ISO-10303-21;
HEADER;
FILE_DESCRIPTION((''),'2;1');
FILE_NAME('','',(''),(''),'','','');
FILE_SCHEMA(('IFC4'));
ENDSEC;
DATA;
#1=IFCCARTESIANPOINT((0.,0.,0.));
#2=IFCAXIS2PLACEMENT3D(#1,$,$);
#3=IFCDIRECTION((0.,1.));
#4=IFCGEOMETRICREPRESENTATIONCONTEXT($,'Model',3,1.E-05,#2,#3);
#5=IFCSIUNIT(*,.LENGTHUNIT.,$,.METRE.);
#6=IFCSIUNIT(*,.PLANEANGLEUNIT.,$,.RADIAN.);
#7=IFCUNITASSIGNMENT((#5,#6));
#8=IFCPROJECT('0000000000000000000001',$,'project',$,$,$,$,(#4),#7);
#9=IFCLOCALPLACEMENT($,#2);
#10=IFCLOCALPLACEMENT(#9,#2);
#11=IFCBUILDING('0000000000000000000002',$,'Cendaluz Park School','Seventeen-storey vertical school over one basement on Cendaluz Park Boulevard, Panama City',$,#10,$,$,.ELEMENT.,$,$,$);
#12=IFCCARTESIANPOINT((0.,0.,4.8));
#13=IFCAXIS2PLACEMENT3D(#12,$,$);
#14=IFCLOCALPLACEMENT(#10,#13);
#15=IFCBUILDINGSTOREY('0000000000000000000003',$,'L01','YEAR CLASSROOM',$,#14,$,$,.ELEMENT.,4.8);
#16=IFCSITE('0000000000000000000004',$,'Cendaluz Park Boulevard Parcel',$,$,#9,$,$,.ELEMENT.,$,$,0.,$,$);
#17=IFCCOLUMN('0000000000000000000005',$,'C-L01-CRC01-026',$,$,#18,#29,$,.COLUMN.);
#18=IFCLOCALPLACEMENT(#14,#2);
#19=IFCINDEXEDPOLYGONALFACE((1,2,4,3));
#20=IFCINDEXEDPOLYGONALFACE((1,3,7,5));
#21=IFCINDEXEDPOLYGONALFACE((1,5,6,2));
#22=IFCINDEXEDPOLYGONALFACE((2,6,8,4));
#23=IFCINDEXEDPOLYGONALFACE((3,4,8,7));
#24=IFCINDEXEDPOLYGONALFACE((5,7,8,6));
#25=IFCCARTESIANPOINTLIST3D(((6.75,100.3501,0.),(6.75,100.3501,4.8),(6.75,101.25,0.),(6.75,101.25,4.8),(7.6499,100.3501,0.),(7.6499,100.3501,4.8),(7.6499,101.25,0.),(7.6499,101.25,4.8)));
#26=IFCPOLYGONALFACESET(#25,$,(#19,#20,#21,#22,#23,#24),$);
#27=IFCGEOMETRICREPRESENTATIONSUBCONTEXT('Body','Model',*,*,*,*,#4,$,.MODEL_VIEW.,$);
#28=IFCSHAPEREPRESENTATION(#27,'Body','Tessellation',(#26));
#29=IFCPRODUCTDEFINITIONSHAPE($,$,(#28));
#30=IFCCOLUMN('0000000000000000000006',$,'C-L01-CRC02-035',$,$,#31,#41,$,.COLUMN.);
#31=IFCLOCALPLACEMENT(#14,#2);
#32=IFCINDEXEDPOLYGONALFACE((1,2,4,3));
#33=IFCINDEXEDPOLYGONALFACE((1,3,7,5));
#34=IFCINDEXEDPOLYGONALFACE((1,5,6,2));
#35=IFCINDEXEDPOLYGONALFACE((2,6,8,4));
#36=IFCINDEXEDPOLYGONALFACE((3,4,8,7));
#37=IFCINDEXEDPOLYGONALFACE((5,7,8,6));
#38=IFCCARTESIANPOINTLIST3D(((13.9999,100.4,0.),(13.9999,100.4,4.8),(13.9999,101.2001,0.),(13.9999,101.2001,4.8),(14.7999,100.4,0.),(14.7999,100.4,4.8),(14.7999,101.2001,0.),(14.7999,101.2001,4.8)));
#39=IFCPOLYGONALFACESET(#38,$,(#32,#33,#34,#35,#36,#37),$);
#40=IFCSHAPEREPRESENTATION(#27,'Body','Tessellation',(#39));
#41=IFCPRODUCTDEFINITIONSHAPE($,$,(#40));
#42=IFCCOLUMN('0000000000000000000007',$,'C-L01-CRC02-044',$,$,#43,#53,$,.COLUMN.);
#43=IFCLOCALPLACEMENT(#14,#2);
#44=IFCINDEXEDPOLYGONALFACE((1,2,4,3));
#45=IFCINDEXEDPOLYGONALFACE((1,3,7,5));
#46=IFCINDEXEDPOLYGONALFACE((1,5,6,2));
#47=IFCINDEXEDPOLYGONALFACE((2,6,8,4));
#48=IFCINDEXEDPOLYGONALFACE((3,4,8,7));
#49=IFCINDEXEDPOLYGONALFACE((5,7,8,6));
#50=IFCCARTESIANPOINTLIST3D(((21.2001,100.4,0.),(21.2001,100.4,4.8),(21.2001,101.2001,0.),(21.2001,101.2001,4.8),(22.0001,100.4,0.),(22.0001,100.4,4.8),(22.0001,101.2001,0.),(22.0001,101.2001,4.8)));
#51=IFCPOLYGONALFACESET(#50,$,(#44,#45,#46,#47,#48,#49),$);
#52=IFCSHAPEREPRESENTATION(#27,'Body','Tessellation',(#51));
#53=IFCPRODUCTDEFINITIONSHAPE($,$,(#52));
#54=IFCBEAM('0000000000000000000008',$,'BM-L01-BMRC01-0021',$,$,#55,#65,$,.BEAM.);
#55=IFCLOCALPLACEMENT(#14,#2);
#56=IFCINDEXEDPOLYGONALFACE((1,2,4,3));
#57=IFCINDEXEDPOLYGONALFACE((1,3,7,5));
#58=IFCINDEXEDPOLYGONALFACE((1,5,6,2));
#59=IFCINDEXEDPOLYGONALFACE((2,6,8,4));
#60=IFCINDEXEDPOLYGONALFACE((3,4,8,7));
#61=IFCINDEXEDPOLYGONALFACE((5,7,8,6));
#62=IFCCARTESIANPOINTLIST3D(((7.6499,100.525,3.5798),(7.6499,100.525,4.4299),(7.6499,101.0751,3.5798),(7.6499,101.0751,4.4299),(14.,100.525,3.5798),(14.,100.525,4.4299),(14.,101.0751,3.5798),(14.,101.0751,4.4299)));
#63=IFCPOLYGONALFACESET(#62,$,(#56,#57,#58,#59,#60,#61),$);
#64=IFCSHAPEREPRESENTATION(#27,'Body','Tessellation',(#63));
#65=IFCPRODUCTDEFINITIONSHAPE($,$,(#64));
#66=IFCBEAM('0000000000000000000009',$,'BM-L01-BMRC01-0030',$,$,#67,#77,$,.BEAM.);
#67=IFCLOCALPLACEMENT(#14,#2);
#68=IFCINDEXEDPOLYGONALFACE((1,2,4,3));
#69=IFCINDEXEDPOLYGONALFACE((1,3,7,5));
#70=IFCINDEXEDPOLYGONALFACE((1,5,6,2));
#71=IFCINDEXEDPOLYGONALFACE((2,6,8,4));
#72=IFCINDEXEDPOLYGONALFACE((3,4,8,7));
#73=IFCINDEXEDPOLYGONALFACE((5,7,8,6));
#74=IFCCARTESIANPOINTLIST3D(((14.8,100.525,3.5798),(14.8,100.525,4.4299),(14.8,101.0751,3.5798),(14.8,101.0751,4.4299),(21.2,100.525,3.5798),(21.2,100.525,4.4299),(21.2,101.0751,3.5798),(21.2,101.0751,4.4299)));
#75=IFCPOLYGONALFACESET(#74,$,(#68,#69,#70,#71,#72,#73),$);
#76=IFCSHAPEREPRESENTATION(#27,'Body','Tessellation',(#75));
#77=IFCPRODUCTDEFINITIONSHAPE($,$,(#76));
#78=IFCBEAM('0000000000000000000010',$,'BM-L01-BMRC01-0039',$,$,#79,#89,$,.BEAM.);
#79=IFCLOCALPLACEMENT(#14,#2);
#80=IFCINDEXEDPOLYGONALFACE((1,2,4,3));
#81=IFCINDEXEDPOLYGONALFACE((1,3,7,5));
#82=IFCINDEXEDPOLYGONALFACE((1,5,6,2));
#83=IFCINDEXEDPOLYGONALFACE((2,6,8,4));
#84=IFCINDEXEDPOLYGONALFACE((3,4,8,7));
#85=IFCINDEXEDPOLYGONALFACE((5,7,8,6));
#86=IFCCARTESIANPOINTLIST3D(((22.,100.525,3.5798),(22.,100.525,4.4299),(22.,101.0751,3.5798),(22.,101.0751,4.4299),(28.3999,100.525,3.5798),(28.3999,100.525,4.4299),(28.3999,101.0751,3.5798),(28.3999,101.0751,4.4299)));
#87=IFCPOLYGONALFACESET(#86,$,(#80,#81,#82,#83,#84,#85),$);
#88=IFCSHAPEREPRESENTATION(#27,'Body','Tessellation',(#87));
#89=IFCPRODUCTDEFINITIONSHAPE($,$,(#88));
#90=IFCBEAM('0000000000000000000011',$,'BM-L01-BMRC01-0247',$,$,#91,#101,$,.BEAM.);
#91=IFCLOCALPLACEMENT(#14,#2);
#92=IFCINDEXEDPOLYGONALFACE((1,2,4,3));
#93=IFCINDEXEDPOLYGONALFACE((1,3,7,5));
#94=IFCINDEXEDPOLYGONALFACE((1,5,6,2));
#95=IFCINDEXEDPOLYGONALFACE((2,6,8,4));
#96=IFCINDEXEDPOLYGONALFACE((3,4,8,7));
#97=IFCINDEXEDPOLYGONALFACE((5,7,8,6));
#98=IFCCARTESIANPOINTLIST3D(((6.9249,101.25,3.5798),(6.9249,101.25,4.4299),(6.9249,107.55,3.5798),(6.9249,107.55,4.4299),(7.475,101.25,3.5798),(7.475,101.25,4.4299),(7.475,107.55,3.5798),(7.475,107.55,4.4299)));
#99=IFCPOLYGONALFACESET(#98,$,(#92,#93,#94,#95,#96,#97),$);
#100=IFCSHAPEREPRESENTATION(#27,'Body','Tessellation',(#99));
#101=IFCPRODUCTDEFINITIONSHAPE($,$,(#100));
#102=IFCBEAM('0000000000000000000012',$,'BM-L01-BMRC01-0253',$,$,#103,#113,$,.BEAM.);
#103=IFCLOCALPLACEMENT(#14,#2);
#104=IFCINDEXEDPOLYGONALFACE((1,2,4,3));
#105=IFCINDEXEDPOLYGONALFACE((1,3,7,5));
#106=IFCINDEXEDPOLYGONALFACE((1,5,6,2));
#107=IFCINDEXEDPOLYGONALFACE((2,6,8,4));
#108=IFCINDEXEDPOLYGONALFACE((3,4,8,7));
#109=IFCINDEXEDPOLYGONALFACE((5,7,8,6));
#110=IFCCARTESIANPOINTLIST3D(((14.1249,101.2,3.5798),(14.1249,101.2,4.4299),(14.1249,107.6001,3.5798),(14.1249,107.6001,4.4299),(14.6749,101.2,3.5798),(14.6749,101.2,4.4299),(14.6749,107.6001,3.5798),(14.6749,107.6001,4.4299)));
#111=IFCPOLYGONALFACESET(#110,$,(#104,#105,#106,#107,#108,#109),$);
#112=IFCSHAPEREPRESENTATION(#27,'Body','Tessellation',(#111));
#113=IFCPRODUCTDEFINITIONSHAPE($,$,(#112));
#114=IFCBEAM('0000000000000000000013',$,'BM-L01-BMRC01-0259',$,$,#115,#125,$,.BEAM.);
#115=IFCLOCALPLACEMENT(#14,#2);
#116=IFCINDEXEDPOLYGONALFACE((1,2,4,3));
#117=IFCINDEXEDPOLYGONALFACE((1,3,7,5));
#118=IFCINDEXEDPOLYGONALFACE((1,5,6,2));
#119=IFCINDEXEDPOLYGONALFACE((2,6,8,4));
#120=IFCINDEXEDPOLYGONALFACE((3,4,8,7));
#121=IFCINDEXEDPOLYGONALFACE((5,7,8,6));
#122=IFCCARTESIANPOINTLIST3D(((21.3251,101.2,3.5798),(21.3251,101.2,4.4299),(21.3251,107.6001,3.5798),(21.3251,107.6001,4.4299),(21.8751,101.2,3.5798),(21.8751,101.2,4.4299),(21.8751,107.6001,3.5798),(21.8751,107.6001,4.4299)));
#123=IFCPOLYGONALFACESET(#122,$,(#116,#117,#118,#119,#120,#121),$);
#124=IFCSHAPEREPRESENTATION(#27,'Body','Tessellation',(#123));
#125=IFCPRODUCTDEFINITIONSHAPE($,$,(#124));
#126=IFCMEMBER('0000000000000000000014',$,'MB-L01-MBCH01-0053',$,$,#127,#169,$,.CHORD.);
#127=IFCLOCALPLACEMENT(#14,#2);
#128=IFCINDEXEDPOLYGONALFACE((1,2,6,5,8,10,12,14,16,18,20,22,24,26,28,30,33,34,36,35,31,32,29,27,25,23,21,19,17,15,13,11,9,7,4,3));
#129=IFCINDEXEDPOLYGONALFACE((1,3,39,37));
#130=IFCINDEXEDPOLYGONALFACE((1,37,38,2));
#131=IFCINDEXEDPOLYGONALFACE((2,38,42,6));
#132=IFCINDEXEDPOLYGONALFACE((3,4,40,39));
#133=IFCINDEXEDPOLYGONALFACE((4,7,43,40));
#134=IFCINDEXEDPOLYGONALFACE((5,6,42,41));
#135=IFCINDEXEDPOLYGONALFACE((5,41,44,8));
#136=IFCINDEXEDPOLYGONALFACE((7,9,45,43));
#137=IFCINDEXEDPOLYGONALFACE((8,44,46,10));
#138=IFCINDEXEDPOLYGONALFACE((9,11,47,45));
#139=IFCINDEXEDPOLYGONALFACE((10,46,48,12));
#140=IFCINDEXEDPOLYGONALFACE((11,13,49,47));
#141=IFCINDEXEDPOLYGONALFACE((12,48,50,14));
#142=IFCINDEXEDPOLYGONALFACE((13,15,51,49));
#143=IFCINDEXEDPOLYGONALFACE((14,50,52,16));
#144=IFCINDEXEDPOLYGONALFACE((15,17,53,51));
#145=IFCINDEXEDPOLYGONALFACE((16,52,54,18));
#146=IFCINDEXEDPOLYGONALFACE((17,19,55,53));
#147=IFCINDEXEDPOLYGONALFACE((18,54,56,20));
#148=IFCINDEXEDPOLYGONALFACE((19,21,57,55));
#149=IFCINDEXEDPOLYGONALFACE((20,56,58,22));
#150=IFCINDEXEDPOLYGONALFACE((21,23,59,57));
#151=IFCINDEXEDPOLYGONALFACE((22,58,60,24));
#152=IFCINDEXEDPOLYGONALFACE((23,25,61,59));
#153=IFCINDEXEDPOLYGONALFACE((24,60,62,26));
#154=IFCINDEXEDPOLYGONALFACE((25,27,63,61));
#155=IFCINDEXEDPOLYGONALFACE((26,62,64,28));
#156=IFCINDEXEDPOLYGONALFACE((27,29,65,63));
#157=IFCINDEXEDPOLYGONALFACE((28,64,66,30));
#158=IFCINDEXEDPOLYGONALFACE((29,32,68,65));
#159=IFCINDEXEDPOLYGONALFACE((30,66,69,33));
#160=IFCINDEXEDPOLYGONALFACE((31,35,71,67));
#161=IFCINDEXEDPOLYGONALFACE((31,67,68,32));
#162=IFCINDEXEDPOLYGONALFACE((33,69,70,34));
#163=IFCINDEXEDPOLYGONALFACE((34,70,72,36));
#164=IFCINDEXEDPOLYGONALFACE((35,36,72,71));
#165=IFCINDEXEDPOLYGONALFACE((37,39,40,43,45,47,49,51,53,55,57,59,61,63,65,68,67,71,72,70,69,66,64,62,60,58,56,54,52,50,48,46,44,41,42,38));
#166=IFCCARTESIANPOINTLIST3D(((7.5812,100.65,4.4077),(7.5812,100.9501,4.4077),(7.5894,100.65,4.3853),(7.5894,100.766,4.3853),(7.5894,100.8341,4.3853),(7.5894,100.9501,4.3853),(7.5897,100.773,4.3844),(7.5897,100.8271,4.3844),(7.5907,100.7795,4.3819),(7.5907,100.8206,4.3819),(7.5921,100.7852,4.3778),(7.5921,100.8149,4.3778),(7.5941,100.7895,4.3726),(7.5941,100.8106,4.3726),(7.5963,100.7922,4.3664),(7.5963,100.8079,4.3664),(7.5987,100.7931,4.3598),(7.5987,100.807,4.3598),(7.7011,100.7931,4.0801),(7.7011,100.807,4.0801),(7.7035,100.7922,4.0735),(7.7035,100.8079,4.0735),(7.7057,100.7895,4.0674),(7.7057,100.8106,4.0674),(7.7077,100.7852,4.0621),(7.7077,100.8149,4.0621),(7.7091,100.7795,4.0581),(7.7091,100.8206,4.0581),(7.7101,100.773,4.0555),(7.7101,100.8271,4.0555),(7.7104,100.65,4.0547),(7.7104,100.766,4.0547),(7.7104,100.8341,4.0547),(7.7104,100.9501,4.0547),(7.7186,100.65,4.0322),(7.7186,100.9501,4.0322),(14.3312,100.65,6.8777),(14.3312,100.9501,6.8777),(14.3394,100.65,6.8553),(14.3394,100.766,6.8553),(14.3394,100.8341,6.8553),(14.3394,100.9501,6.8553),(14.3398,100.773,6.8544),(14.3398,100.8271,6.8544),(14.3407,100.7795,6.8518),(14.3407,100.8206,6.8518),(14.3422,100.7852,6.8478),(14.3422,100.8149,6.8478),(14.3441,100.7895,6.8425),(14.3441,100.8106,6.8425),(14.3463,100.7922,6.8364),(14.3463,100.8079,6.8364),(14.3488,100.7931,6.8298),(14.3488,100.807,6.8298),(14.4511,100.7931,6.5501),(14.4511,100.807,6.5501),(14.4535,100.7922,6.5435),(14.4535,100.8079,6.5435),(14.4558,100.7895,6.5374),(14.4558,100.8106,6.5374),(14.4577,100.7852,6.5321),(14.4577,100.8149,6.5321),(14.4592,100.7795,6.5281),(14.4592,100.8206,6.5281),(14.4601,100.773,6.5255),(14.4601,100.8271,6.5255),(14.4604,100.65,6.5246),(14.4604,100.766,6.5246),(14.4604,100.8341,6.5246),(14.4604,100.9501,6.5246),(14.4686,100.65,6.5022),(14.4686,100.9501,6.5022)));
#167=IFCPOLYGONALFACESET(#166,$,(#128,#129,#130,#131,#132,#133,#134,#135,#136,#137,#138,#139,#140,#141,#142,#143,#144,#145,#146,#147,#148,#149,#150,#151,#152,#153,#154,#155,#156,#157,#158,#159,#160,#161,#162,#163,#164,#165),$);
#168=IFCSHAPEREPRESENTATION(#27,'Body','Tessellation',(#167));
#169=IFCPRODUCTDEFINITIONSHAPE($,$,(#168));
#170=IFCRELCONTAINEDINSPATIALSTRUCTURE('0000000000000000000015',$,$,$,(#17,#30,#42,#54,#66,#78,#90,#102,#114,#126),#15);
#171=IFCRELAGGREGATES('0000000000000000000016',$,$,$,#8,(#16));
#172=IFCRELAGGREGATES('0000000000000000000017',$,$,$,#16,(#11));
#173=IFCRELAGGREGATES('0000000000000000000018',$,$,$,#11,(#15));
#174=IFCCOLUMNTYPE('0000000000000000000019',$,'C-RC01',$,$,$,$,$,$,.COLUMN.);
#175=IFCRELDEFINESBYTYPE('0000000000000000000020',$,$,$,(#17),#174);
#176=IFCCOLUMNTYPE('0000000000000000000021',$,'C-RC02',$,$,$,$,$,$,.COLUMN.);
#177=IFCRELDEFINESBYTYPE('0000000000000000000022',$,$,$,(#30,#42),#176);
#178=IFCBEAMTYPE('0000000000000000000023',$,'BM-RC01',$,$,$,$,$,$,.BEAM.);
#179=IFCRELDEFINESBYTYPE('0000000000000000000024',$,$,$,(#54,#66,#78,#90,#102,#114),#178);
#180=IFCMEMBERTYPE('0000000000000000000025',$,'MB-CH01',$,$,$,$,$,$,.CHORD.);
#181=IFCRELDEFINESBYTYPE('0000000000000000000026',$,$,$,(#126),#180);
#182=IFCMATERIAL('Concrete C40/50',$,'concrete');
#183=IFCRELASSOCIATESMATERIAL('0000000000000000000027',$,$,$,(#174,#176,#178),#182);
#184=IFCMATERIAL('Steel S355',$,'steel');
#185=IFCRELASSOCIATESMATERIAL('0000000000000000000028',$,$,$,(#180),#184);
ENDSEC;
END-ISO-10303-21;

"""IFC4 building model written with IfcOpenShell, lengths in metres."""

from ifc_helpers import new_model, si_unit, direction, frame, origin, origin_2d, place, context, subcontext, project, spatial, rectangle, i_section, extrude, material, material_profile, profile_set, type_object, element, save


model = new_model("IFC4")

# Units and contexts
model_context = context("Model", 3, precision=1e-05, world=origin(), true_north=direction((0.0, 1.0)))
body_context = subcontext(model_context, "Body", "Model", "MODEL_VIEW")
ifc_project = project(units=[si_unit("LENGTHUNIT", "METRE"), si_unit("PLANEANGLEUNIT", "RADIAN")], contexts=[model_context])

# Site, building, storey
site_placement = place(None, origin())
site = spatial("IfcSite", under=ifc_project, at=site_placement, Name="Cendaluz Park Boulevard Parcel", CompositionType="ELEMENT", RefElevation=0.0)
building_placement = place(site_placement, origin())
building = spatial("IfcBuilding", under=site, at=building_placement, Name="Cendaluz Park School", Description="Seventeen-storey vertical school over one basement on Cendaluz Park Boulevard, Panama City", CompositionType="ELEMENT")
storey_placement = place(building_placement, frame((0.0, 0.0, 4.8)))
storey = spatial("IfcBuildingStorey", under=building, at=storey_placement, Name="L01", Description="YEAR CLASSROOM", CompositionType="ELEMENT", Elevation=4.8)

# Columns
ifc_material_1 = material(Name="Concrete C40/50", Category="concrete")
ifc_material_profile_1 = material_profile(ifc_material_1, rectangle(XDim=0.8999, YDim=0.8999, at=origin_2d()), Name="RC 900x900", Category="concrete")
ifc_profile_set_1 = profile_set([ifc_material_profile_1], Name="Concrete C40/50")
column_type_1 = type_object("IfcColumnType", Name="C-RC01", PredefinedType="COLUMN", material=ifc_profile_set_1)
column_placement = place(storey_placement, frame((7.2, 100.8, 0.0), z_axis=(0.0, 0.0, 1.0), x_axis=(1.0, 0.0, 0.0)))
element("IfcColumn", 1, at=column_placement, inside=storey, type_object=column_type_1, Name="C-L01-CRC01-026", PredefinedType="COLUMN", context=body_context, shape_type="SweptSolid", body=[
    extrude(rectangle(XDim=0.8999, YDim=0.8999, at=origin_2d()), origin(), (0.0, 0.0, 1.0), 4.8),
])
ifc_material_profile_2 = material_profile(ifc_material_1, rectangle(XDim=0.8, YDim=0.8, at=origin_2d()), Name="RC 800x800", Category="concrete")
ifc_profile_set_2 = profile_set([ifc_material_profile_2], Name="Concrete C40/50")
column_type_2 = type_object("IfcColumnType", Name="C-RC02", PredefinedType="COLUMN", material=ifc_profile_set_2)
for number, where, z_axis, x_axis, name in (
    (2, (14.3999, 100.8, 0.0), (0.0, 0.0, 1.0), (1.0, 0.0, 0.0), "C-L01-CRC02-035"),
    (3, (21.6001, 100.8, 0.0), (0.0, 0.0, 1.0), (1.0, 0.0, 0.0), "C-L01-CRC02-044"),
):
    element("IfcColumn", number, at=place(storey_placement, frame(where, z_axis=z_axis, x_axis=x_axis)), inside=storey, type_object=column_type_2, Name=name, PredefinedType="COLUMN", context=body_context, shape_type="SweptSolid", body=[
        extrude(rectangle(XDim=0.8, YDim=0.8, at=origin_2d()), origin(), (0.0, 0.0, 1.0), 4.8),
    ])

# Beams
ifc_material_profile_3 = material_profile(ifc_material_1, rectangle(XDim=0.55, YDim=0.8501, at=origin_2d()), Name="RC 550x850", Category="concrete")
ifc_profile_set_3 = profile_set([ifc_material_profile_3], Name="Concrete C40/50")
beam_type = type_object("IfcBeamType", Name="BM-RC01", PredefinedType="BEAM", material=ifc_profile_set_3)
beam_1_placement = place(storey_placement, frame((7.6499, 100.8, 4.0049), z_axis=(1.0, 0.0, 0.0), x_axis=(0.0, 1.0, 0.0)))
element("IfcBeam", 4, at=beam_1_placement, inside=storey, type_object=beam_type, Name="BM-L01-BMRC01-0021", PredefinedType="BEAM", context=body_context, shape_type="SweptSolid", body=[
    extrude(rectangle(XDim=0.55, YDim=0.8501, at=origin_2d()), origin(), (0.0, 0.0, 1.0), 6.3501),
])
for number, where, z_axis, x_axis, name in (
    (5, (14.8, 100.8, 4.0049), (1.0, 0.0, 0.0), (0.0, 1.0, 0.0), "BM-L01-BMRC01-0030"),
    (6, (22.0, 100.8, 4.0049), (1.0, 0.0, 0.0), (0.0, 1.0, 0.0), "BM-L01-BMRC01-0039"),
):
    element("IfcBeam", number, at=place(storey_placement, frame(where, z_axis=z_axis, x_axis=x_axis)), inside=storey, type_object=beam_type, Name=name, PredefinedType="BEAM", context=body_context, shape_type="SweptSolid", body=[
        extrude(rectangle(XDim=0.55, YDim=0.8501, at=origin_2d()), origin(), (0.0, 0.0, 1.0), 6.3999),
    ])
beam_2_placement = place(storey_placement, frame((7.2, 101.25, 4.0049), z_axis=(0.0, 1.0, 0.0), x_axis=(-1.0, 0.0, 0.0)))
element("IfcBeam", 7, at=beam_2_placement, inside=storey, type_object=beam_type, Name="BM-L01-BMRC01-0247", PredefinedType="BEAM", context=body_context, shape_type="SweptSolid", body=[
    extrude(rectangle(XDim=0.55, YDim=0.8501, at=origin_2d()), origin(), (0.0, 0.0, 1.0), 6.3),
])
for number, where, z_axis, x_axis, name in (
    (8, (14.3999, 101.2, 4.0049), (0.0, 1.0, 0.0), (-1.0, 0.0, 0.0), "BM-L01-BMRC01-0253"),
    (9, (21.6001, 101.2, 4.0049), (0.0, 1.0, 0.0), (-1.0, 0.0, 0.0), "BM-L01-BMRC01-0259"),
):
    element("IfcBeam", number, at=place(storey_placement, frame(where, z_axis=z_axis, x_axis=x_axis)), inside=storey, type_object=beam_type, Name=name, PredefinedType="BEAM", context=body_context, shape_type="SweptSolid", body=[
        extrude(rectangle(XDim=0.55, YDim=0.8501, at=origin_2d()), origin(), (0.0, 0.0, 1.0), 6.4001),
    ])

# Member
ifc_material_2 = material(Name="Steel S355", Category="steel")
ifc_material_profile_4 = material_profile(ifc_material_2, i_section(OverallWidth=0.3, OverallDepth=0.3999, WebThickness=0.0139, FlangeThickness=0.0239, FilletRadius=0.0271, at=origin_2d()), Name="HEB 400", Category="steel")
ifc_profile_set_4 = profile_set([ifc_material_profile_4], Name="Steel S355")
member_type_1 = type_object("IfcMemberType", Name="MB-CH01", PredefinedType="CHORD", material=ifc_profile_set_4)
member_1_placement = place(storey_placement, frame((7.6499, 100.8, 4.22), z_axis=(0.939102, 0.0, 0.343638), x_axis=(0.0, 1.0, 0.0)))
element("IfcMember", 10, at=member_1_placement, inside=storey, type_object=member_type_1, Name="MB-L01-MBCH01-0053", PredefinedType="CHORD", context=body_context, shape_type="SweptSolid", body=[
    extrude(i_section(OverallWidth=0.3, OverallDepth=0.3999, WebThickness=0.0139, FlangeThickness=0.0239, FilletRadius=0.0271, at=origin_2d()), origin(), (0.0, 0.0, 1.0), 7.1877),
])

save(model, "model.ifc")
